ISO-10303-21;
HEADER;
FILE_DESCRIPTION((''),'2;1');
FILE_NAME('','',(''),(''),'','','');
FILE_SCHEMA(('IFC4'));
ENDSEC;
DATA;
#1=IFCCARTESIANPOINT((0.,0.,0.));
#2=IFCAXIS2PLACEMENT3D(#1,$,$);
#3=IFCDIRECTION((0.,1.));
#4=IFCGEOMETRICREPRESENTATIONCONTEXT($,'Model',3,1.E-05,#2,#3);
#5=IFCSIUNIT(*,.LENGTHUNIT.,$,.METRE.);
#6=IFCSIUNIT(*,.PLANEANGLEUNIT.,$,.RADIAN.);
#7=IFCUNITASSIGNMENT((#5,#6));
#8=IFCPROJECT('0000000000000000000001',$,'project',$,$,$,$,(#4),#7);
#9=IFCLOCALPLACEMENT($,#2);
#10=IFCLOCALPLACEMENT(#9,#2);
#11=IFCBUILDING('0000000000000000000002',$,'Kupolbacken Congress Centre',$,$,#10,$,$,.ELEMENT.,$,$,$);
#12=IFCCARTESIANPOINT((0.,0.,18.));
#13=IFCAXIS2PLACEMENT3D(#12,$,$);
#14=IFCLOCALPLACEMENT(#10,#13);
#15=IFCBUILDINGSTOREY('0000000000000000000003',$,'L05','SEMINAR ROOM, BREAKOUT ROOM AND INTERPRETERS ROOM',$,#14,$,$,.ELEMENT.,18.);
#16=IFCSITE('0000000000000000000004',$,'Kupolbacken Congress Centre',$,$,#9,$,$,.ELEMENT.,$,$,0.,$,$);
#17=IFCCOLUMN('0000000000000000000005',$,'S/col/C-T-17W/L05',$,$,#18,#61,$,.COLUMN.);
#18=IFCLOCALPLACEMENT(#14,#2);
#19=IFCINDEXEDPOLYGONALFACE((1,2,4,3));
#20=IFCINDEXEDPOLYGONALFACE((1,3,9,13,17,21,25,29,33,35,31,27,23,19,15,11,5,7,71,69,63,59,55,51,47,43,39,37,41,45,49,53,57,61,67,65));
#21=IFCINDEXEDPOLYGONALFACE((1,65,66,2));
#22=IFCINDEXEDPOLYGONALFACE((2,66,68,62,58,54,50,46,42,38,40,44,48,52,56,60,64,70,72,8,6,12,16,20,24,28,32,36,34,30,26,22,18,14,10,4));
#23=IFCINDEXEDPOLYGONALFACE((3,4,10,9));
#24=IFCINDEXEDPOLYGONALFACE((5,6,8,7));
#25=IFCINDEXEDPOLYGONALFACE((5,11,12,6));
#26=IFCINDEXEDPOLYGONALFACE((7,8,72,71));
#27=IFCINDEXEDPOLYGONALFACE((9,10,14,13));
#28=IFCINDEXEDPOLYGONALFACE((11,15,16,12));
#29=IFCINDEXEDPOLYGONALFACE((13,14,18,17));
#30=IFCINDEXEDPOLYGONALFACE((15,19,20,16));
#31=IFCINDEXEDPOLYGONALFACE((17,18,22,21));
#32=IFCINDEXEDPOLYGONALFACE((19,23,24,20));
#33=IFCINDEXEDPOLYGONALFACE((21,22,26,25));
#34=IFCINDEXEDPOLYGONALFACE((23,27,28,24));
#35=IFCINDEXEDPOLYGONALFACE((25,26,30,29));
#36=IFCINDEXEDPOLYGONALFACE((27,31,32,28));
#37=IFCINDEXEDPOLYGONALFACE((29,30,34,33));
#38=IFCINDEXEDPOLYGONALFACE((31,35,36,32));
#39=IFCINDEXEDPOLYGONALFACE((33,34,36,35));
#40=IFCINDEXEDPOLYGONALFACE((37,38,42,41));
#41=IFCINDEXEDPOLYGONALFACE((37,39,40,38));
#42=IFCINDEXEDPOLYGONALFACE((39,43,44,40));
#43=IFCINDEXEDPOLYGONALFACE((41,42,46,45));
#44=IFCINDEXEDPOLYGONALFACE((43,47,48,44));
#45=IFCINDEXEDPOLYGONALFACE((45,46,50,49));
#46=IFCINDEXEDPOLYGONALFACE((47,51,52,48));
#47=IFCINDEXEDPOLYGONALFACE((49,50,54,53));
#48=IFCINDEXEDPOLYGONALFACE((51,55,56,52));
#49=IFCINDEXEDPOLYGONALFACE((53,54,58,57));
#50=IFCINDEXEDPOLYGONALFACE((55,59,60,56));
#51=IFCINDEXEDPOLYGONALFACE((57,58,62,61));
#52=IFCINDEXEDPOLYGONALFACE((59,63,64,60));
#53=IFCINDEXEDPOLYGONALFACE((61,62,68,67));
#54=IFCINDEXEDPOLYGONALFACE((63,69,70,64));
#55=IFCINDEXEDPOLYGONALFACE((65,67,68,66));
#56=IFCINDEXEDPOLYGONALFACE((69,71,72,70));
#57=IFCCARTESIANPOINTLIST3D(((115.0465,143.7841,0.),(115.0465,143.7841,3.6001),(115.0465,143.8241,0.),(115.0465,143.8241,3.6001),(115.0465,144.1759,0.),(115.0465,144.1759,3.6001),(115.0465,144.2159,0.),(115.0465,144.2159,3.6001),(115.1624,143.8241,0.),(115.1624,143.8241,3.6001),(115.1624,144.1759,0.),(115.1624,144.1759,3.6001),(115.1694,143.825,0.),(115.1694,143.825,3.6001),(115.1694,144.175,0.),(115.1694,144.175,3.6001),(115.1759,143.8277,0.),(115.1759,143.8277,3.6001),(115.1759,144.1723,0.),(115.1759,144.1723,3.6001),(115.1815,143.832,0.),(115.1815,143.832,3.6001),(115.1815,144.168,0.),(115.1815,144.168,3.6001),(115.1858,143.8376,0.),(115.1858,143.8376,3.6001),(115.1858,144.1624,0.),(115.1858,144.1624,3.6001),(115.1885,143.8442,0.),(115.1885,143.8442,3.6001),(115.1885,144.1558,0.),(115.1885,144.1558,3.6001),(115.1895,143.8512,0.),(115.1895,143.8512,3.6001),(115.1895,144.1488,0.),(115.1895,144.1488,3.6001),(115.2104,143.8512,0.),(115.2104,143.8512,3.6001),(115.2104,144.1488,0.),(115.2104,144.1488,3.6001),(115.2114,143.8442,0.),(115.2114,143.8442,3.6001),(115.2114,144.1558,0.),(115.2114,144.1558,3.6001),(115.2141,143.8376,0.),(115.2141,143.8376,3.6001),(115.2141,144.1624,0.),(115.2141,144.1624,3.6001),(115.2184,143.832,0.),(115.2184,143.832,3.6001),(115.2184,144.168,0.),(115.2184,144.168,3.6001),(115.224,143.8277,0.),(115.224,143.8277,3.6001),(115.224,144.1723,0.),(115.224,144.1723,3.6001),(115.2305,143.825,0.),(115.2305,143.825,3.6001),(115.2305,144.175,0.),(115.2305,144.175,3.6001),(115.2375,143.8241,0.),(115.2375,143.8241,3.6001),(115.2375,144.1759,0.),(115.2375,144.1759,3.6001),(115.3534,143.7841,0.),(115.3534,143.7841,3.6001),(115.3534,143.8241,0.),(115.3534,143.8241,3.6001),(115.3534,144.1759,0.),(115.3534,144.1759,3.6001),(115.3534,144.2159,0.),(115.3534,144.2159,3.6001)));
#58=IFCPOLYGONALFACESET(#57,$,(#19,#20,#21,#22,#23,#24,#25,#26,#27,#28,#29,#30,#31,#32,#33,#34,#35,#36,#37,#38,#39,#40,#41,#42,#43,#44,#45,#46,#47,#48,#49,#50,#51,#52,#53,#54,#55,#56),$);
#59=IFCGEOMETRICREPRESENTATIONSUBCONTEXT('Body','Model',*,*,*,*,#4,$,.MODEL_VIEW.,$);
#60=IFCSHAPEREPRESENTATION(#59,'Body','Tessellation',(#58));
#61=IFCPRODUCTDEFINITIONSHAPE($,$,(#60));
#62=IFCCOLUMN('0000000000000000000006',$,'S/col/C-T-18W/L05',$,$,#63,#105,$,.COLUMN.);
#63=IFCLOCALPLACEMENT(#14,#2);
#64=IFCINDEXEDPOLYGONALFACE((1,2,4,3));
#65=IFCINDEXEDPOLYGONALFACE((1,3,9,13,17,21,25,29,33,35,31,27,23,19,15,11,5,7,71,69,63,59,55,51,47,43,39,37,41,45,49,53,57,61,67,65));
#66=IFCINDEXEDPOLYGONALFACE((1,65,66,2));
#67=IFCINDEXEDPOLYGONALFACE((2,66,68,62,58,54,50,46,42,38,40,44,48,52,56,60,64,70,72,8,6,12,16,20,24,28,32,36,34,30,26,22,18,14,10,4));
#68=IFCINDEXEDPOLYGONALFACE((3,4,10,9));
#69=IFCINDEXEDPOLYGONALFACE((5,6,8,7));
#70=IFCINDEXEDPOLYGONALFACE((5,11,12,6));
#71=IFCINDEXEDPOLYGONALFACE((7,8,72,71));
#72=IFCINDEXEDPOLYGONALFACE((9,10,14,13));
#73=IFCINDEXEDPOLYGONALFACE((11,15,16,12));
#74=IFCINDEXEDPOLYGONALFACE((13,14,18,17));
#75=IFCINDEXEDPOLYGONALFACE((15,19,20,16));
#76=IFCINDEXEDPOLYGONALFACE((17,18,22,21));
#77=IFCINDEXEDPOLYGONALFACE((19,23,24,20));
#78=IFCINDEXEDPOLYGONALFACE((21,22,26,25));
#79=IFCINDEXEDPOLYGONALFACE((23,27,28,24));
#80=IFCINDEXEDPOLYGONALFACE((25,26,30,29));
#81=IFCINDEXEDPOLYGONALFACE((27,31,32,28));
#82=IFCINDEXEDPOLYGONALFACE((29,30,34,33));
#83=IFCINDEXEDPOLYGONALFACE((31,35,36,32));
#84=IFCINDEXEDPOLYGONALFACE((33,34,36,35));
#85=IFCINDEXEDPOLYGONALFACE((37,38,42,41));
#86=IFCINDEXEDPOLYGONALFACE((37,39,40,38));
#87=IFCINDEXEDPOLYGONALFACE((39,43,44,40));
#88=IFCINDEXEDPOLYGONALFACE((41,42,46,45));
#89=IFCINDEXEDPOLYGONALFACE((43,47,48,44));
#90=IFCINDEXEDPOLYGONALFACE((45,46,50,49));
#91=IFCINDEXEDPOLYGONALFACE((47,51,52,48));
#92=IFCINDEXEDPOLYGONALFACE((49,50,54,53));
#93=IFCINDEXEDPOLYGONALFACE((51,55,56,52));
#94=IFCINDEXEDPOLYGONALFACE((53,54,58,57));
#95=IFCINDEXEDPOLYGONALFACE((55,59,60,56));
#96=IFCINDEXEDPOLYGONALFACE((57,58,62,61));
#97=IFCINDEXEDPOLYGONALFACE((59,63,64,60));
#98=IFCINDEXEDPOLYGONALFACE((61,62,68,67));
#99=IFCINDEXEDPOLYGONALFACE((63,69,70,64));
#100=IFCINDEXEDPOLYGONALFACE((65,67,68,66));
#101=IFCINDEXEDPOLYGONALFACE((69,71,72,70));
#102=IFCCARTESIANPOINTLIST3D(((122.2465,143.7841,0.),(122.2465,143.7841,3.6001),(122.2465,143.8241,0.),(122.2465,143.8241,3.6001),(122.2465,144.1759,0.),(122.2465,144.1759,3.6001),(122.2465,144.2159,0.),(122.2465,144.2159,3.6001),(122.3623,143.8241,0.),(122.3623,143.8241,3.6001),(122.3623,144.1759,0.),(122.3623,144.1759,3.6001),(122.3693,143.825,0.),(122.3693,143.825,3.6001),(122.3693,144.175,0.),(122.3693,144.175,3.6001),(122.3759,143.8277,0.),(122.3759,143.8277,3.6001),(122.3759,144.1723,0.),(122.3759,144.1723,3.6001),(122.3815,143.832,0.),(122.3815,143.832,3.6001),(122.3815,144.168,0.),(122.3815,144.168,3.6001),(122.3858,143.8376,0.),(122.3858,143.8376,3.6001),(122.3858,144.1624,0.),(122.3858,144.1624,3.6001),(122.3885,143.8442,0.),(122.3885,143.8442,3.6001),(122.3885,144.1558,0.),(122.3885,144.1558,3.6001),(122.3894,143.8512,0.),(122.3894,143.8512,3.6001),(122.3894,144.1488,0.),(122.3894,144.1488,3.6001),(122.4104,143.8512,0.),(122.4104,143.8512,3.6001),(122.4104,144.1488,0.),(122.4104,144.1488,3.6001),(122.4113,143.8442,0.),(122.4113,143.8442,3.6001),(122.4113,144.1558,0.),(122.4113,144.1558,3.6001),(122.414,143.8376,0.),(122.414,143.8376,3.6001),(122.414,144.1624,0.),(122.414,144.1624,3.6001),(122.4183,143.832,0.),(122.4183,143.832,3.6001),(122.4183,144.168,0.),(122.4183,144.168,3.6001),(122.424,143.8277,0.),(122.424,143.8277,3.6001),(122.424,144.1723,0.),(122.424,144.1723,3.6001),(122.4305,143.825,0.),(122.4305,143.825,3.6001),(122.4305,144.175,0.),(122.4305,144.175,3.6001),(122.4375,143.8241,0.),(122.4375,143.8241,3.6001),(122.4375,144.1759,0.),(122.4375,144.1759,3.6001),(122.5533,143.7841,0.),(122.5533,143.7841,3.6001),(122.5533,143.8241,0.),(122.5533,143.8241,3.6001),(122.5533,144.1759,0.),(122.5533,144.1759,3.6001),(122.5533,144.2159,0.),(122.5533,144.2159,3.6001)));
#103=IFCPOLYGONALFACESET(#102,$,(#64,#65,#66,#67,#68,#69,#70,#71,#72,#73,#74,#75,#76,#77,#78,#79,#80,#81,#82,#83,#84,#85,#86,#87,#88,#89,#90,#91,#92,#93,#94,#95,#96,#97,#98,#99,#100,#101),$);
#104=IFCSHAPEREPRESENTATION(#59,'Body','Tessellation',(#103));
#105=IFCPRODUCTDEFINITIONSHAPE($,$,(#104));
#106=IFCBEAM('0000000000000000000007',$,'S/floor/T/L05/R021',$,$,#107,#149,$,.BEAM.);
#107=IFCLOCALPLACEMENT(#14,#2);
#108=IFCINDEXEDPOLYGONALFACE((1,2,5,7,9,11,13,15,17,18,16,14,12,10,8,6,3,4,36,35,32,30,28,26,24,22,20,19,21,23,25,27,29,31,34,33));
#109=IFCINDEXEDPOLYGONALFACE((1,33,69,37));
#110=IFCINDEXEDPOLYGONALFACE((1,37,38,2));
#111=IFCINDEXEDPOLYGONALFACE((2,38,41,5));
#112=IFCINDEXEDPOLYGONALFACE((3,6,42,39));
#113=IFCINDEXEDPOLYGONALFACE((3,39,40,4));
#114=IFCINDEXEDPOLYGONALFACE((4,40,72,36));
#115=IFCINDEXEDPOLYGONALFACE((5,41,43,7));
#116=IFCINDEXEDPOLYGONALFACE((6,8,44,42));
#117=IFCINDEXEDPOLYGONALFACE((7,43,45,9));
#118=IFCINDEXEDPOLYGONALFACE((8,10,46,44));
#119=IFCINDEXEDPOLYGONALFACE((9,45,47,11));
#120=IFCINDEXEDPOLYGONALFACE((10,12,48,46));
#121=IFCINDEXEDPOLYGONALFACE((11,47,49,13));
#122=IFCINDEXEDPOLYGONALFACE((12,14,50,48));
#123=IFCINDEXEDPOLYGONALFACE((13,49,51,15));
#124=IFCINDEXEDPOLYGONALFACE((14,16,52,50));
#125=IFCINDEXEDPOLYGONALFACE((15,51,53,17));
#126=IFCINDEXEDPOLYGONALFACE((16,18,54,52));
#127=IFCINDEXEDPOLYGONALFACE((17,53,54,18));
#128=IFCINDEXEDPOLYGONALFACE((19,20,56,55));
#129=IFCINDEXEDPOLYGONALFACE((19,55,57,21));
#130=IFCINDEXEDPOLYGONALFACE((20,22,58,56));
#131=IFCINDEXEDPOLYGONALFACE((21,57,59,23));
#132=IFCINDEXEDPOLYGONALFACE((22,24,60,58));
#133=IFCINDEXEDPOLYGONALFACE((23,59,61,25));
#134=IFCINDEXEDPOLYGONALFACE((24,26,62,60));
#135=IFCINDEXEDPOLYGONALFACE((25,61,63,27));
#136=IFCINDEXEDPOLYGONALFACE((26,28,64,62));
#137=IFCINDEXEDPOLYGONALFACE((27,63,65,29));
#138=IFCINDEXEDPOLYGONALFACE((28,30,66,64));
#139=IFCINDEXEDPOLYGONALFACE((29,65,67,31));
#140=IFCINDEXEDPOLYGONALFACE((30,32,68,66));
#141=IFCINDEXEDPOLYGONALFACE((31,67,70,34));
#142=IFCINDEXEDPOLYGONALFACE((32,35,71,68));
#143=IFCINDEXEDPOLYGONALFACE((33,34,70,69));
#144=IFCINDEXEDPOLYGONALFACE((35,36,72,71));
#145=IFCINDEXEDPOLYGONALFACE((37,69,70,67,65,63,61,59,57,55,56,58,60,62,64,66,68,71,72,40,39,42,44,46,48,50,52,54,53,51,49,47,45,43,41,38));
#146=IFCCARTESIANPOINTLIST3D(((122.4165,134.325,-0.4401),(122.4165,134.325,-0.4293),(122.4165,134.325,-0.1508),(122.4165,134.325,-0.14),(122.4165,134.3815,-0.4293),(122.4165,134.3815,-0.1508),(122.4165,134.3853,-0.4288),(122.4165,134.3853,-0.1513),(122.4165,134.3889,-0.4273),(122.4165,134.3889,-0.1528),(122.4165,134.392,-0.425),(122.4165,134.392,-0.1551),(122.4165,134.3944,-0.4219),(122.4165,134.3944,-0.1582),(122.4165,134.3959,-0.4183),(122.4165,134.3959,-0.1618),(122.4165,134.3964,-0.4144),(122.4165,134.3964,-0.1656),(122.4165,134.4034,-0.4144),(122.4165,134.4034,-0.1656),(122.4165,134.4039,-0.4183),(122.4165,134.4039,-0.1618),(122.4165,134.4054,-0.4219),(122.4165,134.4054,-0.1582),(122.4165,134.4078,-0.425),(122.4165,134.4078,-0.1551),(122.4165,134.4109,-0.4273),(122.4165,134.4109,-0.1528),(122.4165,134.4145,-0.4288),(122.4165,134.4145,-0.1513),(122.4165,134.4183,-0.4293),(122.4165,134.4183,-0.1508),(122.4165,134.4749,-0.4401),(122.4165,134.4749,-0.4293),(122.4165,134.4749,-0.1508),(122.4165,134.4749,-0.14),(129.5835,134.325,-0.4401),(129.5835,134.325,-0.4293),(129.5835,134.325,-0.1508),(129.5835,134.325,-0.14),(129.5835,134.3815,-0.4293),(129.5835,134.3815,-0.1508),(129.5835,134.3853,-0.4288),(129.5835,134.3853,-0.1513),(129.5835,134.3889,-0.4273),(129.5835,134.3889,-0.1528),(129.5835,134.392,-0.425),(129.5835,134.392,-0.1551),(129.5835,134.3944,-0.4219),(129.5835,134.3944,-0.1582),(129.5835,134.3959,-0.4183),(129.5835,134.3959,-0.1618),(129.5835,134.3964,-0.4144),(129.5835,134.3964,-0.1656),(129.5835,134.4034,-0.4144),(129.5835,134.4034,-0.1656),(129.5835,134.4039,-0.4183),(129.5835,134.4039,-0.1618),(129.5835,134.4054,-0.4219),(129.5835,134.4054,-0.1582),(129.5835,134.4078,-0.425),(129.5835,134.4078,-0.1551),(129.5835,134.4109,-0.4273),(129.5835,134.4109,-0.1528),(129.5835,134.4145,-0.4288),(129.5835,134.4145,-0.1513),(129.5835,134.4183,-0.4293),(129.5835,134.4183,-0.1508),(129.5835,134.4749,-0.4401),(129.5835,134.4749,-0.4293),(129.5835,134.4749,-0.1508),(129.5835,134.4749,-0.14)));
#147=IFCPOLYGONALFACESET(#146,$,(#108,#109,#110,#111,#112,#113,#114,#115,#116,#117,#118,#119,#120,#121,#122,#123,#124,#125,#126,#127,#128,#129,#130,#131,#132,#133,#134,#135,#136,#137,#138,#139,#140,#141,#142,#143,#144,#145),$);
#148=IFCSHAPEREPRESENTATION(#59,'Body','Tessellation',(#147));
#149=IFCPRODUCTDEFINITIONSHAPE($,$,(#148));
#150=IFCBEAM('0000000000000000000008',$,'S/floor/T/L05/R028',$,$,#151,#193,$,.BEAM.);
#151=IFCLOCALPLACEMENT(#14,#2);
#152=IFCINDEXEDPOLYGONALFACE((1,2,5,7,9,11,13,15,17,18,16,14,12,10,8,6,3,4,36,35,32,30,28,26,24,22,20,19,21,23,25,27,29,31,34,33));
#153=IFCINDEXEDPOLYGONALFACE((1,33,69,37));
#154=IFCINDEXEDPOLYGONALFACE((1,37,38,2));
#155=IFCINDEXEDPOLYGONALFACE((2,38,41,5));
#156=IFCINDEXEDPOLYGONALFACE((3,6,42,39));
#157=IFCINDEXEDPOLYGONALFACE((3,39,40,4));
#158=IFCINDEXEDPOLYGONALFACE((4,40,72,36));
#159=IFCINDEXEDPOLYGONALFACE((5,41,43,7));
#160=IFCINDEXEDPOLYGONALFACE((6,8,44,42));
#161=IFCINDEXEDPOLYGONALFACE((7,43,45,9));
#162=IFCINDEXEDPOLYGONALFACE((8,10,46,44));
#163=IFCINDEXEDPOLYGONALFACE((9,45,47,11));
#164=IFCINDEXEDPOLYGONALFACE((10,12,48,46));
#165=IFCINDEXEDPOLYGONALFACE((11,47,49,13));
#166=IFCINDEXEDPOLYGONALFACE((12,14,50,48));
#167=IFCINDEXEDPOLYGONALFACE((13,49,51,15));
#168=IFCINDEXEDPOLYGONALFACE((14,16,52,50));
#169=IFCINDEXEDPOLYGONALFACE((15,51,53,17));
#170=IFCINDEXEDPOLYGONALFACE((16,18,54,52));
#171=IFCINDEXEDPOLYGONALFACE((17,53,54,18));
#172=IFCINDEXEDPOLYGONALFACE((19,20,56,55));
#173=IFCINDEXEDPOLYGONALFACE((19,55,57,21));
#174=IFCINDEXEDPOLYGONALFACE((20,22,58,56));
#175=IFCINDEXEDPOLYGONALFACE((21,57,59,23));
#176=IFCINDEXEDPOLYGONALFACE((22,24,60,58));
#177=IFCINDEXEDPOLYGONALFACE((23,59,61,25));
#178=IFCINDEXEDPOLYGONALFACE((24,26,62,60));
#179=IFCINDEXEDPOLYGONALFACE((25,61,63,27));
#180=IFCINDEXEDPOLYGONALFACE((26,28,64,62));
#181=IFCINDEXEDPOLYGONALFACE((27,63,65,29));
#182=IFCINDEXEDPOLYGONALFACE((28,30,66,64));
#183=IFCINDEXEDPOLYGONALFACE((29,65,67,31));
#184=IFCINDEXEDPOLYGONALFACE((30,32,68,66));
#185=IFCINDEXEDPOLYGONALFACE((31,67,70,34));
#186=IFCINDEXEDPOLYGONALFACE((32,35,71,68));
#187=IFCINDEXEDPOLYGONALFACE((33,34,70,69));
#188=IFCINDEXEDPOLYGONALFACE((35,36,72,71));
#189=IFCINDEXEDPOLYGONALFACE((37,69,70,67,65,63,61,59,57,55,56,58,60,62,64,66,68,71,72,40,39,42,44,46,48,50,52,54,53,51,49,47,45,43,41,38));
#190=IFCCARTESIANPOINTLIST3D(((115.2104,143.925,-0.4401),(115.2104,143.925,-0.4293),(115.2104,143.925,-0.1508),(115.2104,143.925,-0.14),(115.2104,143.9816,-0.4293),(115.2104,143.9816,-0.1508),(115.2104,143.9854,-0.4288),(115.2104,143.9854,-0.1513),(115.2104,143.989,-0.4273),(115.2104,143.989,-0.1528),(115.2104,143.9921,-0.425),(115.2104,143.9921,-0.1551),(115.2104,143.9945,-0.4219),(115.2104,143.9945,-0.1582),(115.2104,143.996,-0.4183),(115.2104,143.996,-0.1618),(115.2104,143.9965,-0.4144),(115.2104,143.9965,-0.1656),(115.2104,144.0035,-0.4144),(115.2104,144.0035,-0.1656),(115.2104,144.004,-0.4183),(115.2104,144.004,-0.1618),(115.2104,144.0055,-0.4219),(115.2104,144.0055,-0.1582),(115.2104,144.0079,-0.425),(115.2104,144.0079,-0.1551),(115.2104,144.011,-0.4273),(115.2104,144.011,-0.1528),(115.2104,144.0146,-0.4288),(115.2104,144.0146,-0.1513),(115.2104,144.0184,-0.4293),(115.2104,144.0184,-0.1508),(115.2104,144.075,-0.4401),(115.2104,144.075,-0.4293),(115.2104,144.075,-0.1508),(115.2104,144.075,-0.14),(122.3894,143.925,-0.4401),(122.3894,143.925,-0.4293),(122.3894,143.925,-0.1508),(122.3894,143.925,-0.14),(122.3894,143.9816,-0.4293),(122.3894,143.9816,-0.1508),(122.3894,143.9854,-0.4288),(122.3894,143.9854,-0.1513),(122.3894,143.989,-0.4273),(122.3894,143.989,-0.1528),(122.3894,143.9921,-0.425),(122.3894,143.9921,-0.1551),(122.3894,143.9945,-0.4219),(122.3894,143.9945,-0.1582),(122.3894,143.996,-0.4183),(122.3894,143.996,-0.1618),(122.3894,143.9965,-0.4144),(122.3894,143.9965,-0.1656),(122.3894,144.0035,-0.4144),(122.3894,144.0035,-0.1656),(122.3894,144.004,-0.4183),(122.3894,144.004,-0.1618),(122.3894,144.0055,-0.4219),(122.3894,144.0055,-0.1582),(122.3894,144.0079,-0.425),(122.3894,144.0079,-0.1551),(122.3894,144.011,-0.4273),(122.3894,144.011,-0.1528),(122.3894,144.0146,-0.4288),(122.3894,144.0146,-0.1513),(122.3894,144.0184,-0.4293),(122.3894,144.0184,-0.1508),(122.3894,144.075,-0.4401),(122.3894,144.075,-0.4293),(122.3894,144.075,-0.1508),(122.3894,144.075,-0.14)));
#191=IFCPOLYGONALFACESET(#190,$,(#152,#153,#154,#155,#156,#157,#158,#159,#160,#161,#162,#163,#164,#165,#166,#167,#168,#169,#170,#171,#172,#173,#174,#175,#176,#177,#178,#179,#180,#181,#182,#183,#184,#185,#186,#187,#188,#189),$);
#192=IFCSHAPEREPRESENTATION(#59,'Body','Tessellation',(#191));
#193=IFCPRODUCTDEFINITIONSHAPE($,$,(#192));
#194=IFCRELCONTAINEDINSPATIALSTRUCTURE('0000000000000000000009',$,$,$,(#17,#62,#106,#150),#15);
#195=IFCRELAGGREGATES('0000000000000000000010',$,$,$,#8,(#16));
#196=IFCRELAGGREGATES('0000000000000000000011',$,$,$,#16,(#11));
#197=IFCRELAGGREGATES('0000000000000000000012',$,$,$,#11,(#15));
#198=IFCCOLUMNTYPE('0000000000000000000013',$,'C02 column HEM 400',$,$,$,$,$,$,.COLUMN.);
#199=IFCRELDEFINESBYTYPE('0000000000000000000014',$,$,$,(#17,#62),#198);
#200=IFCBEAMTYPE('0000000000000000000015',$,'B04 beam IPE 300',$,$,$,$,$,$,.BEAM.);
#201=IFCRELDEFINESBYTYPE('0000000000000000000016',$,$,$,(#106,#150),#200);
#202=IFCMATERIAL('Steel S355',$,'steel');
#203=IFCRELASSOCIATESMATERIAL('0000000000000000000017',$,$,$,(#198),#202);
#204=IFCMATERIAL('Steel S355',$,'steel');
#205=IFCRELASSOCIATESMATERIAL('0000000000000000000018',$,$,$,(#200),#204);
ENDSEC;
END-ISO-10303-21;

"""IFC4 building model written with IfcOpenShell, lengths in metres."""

from ifc_helpers import new_model, si_unit, direction, frame, origin, origin_2d, place, context, subcontext, project, spatial, i_section, extrude, material, material_profile, profile_set, type_object, element, save


model = new_model("IFC4")

# Units and contexts
model_context = context("Model", 3, precision=1e-05, world=origin(), true_north=direction((0.0, 1.0)))
body_context = subcontext(model_context, "Body", "Model", "MODEL_VIEW")
ifc_project = project(units=[si_unit("LENGTHUNIT", "METRE"), si_unit("PLANEANGLEUNIT", "RADIAN")], contexts=[model_context])

# Site, building, storey
site_placement = place(None, origin())
site = spatial("IfcSite", under=ifc_project, at=site_placement, Name="Kupolbacken Congress Centre", CompositionType="ELEMENT", RefElevation=0.0)
building_placement = place(site_placement, origin())
building = spatial("IfcBuilding", under=site, at=building_placement, Name="Kupolbacken Congress Centre", CompositionType="ELEMENT")
storey_placement = place(building_placement, frame((0.0, 0.0, 18.0)))
storey = spatial("IfcBuildingStorey", under=building, at=storey_placement, Name="L05", Description="SEMINAR ROOM, BREAKOUT ROOM AND INTERPRETERS ROOM", CompositionType="ELEMENT", Elevation=18.0)

# Columns
ifc_material_1 = material(Name="Steel S355", Category="steel")
ifc_material_profile_1 = material_profile(ifc_material_1, i_section(OverallWidth=0.3069, OverallDepth=0.4319, WebThickness=0.021, FlangeThickness=0.04, FilletRadius=0.0271, at=origin_2d()), Name="HEM 400")
ifc_profile_set_1 = profile_set([ifc_material_profile_1], Name="Steel S355")
column_type = type_object("IfcColumnType", Name="C02 column HEM 400", PredefinedType="COLUMN", material=ifc_profile_set_1)
for number, where, z_axis, x_axis, name in (
    (1, (115.2, 144.0, 0.0), (0.0, 0.0, 1.0), (1.0, 0.0, 0.0), "S/col/C-T-17W/L05"),
    (2, (122.3999, 144.0, 0.0), (0.0, 0.0, 1.0), (1.0, 0.0, 0.0), "S/col/C-T-18W/L05"),
):
    element("IfcColumn", number, at=place(storey_placement, frame(where, z_axis=z_axis, x_axis=x_axis)), inside=storey, type_object=column_type, Name=name, PredefinedType="COLUMN", context=body_context, shape_type="SweptSolid", body=[
        extrude(i_section(OverallWidth=0.3069, OverallDepth=0.4319, WebThickness=0.021, FlangeThickness=0.04, FilletRadius=0.0271, at=origin_2d()), origin(), (0.0, 0.0, 1.0), 3.6001),
    ])

# Beams
ifc_material_2 = material(Name="Steel S355", Category="steel")
ifc_material_profile_2 = material_profile(ifc_material_2, i_section(OverallWidth=0.1499, OverallDepth=0.3, WebThickness=0.0071, FlangeThickness=0.0107, FilletRadius=0.0149, at=origin_2d()), Name="IPE 300")
ifc_profile_set_2 = profile_set([ifc_material_profile_2], Name="Steel S355")
beam_type_1 = type_object("IfcBeamType", Name="B04 beam IPE 300", PredefinedType="BEAM", material=ifc_profile_set_2)
beam_1_placement = place(storey_placement, frame((122.4165, 134.3999, -0.29), z_axis=(1.0, 0.0, 0.0), x_axis=(0.0, 1.0, 0.0)))
element("IfcBeam", 3, at=beam_1_placement, inside=storey, type_object=beam_type_1, Name="S/floor/T/L05/R021", PredefinedType="BEAM", context=body_context, shape_type="SweptSolid", body=[
    extrude(i_section(OverallWidth=0.1499, OverallDepth=0.3, WebThickness=0.0071, FlangeThickness=0.0107, FilletRadius=0.0149, at=origin_2d()), origin(), (0.0, 0.0, 1.0), 7.167),
])
beam_2_placement = place(storey_placement, frame((115.2104, 144.0, -0.29), z_axis=(1.0, 0.0, 0.0), x_axis=(0.0, 1.0, 0.0)))
element("IfcBeam", 4, at=beam_2_placement, inside=storey, type_object=beam_type_1, Name="S/floor/T/L05/R028", PredefinedType="BEAM", context=body_context, shape_type="SweptSolid", body=[
    extrude(i_section(OverallWidth=0.1499, OverallDepth=0.3, WebThickness=0.0071, FlangeThickness=0.0107, FilletRadius=0.0149, at=origin_2d()), origin(), (0.0, 0.0, 1.0), 7.179),
])

save(model, "model.ifc")
